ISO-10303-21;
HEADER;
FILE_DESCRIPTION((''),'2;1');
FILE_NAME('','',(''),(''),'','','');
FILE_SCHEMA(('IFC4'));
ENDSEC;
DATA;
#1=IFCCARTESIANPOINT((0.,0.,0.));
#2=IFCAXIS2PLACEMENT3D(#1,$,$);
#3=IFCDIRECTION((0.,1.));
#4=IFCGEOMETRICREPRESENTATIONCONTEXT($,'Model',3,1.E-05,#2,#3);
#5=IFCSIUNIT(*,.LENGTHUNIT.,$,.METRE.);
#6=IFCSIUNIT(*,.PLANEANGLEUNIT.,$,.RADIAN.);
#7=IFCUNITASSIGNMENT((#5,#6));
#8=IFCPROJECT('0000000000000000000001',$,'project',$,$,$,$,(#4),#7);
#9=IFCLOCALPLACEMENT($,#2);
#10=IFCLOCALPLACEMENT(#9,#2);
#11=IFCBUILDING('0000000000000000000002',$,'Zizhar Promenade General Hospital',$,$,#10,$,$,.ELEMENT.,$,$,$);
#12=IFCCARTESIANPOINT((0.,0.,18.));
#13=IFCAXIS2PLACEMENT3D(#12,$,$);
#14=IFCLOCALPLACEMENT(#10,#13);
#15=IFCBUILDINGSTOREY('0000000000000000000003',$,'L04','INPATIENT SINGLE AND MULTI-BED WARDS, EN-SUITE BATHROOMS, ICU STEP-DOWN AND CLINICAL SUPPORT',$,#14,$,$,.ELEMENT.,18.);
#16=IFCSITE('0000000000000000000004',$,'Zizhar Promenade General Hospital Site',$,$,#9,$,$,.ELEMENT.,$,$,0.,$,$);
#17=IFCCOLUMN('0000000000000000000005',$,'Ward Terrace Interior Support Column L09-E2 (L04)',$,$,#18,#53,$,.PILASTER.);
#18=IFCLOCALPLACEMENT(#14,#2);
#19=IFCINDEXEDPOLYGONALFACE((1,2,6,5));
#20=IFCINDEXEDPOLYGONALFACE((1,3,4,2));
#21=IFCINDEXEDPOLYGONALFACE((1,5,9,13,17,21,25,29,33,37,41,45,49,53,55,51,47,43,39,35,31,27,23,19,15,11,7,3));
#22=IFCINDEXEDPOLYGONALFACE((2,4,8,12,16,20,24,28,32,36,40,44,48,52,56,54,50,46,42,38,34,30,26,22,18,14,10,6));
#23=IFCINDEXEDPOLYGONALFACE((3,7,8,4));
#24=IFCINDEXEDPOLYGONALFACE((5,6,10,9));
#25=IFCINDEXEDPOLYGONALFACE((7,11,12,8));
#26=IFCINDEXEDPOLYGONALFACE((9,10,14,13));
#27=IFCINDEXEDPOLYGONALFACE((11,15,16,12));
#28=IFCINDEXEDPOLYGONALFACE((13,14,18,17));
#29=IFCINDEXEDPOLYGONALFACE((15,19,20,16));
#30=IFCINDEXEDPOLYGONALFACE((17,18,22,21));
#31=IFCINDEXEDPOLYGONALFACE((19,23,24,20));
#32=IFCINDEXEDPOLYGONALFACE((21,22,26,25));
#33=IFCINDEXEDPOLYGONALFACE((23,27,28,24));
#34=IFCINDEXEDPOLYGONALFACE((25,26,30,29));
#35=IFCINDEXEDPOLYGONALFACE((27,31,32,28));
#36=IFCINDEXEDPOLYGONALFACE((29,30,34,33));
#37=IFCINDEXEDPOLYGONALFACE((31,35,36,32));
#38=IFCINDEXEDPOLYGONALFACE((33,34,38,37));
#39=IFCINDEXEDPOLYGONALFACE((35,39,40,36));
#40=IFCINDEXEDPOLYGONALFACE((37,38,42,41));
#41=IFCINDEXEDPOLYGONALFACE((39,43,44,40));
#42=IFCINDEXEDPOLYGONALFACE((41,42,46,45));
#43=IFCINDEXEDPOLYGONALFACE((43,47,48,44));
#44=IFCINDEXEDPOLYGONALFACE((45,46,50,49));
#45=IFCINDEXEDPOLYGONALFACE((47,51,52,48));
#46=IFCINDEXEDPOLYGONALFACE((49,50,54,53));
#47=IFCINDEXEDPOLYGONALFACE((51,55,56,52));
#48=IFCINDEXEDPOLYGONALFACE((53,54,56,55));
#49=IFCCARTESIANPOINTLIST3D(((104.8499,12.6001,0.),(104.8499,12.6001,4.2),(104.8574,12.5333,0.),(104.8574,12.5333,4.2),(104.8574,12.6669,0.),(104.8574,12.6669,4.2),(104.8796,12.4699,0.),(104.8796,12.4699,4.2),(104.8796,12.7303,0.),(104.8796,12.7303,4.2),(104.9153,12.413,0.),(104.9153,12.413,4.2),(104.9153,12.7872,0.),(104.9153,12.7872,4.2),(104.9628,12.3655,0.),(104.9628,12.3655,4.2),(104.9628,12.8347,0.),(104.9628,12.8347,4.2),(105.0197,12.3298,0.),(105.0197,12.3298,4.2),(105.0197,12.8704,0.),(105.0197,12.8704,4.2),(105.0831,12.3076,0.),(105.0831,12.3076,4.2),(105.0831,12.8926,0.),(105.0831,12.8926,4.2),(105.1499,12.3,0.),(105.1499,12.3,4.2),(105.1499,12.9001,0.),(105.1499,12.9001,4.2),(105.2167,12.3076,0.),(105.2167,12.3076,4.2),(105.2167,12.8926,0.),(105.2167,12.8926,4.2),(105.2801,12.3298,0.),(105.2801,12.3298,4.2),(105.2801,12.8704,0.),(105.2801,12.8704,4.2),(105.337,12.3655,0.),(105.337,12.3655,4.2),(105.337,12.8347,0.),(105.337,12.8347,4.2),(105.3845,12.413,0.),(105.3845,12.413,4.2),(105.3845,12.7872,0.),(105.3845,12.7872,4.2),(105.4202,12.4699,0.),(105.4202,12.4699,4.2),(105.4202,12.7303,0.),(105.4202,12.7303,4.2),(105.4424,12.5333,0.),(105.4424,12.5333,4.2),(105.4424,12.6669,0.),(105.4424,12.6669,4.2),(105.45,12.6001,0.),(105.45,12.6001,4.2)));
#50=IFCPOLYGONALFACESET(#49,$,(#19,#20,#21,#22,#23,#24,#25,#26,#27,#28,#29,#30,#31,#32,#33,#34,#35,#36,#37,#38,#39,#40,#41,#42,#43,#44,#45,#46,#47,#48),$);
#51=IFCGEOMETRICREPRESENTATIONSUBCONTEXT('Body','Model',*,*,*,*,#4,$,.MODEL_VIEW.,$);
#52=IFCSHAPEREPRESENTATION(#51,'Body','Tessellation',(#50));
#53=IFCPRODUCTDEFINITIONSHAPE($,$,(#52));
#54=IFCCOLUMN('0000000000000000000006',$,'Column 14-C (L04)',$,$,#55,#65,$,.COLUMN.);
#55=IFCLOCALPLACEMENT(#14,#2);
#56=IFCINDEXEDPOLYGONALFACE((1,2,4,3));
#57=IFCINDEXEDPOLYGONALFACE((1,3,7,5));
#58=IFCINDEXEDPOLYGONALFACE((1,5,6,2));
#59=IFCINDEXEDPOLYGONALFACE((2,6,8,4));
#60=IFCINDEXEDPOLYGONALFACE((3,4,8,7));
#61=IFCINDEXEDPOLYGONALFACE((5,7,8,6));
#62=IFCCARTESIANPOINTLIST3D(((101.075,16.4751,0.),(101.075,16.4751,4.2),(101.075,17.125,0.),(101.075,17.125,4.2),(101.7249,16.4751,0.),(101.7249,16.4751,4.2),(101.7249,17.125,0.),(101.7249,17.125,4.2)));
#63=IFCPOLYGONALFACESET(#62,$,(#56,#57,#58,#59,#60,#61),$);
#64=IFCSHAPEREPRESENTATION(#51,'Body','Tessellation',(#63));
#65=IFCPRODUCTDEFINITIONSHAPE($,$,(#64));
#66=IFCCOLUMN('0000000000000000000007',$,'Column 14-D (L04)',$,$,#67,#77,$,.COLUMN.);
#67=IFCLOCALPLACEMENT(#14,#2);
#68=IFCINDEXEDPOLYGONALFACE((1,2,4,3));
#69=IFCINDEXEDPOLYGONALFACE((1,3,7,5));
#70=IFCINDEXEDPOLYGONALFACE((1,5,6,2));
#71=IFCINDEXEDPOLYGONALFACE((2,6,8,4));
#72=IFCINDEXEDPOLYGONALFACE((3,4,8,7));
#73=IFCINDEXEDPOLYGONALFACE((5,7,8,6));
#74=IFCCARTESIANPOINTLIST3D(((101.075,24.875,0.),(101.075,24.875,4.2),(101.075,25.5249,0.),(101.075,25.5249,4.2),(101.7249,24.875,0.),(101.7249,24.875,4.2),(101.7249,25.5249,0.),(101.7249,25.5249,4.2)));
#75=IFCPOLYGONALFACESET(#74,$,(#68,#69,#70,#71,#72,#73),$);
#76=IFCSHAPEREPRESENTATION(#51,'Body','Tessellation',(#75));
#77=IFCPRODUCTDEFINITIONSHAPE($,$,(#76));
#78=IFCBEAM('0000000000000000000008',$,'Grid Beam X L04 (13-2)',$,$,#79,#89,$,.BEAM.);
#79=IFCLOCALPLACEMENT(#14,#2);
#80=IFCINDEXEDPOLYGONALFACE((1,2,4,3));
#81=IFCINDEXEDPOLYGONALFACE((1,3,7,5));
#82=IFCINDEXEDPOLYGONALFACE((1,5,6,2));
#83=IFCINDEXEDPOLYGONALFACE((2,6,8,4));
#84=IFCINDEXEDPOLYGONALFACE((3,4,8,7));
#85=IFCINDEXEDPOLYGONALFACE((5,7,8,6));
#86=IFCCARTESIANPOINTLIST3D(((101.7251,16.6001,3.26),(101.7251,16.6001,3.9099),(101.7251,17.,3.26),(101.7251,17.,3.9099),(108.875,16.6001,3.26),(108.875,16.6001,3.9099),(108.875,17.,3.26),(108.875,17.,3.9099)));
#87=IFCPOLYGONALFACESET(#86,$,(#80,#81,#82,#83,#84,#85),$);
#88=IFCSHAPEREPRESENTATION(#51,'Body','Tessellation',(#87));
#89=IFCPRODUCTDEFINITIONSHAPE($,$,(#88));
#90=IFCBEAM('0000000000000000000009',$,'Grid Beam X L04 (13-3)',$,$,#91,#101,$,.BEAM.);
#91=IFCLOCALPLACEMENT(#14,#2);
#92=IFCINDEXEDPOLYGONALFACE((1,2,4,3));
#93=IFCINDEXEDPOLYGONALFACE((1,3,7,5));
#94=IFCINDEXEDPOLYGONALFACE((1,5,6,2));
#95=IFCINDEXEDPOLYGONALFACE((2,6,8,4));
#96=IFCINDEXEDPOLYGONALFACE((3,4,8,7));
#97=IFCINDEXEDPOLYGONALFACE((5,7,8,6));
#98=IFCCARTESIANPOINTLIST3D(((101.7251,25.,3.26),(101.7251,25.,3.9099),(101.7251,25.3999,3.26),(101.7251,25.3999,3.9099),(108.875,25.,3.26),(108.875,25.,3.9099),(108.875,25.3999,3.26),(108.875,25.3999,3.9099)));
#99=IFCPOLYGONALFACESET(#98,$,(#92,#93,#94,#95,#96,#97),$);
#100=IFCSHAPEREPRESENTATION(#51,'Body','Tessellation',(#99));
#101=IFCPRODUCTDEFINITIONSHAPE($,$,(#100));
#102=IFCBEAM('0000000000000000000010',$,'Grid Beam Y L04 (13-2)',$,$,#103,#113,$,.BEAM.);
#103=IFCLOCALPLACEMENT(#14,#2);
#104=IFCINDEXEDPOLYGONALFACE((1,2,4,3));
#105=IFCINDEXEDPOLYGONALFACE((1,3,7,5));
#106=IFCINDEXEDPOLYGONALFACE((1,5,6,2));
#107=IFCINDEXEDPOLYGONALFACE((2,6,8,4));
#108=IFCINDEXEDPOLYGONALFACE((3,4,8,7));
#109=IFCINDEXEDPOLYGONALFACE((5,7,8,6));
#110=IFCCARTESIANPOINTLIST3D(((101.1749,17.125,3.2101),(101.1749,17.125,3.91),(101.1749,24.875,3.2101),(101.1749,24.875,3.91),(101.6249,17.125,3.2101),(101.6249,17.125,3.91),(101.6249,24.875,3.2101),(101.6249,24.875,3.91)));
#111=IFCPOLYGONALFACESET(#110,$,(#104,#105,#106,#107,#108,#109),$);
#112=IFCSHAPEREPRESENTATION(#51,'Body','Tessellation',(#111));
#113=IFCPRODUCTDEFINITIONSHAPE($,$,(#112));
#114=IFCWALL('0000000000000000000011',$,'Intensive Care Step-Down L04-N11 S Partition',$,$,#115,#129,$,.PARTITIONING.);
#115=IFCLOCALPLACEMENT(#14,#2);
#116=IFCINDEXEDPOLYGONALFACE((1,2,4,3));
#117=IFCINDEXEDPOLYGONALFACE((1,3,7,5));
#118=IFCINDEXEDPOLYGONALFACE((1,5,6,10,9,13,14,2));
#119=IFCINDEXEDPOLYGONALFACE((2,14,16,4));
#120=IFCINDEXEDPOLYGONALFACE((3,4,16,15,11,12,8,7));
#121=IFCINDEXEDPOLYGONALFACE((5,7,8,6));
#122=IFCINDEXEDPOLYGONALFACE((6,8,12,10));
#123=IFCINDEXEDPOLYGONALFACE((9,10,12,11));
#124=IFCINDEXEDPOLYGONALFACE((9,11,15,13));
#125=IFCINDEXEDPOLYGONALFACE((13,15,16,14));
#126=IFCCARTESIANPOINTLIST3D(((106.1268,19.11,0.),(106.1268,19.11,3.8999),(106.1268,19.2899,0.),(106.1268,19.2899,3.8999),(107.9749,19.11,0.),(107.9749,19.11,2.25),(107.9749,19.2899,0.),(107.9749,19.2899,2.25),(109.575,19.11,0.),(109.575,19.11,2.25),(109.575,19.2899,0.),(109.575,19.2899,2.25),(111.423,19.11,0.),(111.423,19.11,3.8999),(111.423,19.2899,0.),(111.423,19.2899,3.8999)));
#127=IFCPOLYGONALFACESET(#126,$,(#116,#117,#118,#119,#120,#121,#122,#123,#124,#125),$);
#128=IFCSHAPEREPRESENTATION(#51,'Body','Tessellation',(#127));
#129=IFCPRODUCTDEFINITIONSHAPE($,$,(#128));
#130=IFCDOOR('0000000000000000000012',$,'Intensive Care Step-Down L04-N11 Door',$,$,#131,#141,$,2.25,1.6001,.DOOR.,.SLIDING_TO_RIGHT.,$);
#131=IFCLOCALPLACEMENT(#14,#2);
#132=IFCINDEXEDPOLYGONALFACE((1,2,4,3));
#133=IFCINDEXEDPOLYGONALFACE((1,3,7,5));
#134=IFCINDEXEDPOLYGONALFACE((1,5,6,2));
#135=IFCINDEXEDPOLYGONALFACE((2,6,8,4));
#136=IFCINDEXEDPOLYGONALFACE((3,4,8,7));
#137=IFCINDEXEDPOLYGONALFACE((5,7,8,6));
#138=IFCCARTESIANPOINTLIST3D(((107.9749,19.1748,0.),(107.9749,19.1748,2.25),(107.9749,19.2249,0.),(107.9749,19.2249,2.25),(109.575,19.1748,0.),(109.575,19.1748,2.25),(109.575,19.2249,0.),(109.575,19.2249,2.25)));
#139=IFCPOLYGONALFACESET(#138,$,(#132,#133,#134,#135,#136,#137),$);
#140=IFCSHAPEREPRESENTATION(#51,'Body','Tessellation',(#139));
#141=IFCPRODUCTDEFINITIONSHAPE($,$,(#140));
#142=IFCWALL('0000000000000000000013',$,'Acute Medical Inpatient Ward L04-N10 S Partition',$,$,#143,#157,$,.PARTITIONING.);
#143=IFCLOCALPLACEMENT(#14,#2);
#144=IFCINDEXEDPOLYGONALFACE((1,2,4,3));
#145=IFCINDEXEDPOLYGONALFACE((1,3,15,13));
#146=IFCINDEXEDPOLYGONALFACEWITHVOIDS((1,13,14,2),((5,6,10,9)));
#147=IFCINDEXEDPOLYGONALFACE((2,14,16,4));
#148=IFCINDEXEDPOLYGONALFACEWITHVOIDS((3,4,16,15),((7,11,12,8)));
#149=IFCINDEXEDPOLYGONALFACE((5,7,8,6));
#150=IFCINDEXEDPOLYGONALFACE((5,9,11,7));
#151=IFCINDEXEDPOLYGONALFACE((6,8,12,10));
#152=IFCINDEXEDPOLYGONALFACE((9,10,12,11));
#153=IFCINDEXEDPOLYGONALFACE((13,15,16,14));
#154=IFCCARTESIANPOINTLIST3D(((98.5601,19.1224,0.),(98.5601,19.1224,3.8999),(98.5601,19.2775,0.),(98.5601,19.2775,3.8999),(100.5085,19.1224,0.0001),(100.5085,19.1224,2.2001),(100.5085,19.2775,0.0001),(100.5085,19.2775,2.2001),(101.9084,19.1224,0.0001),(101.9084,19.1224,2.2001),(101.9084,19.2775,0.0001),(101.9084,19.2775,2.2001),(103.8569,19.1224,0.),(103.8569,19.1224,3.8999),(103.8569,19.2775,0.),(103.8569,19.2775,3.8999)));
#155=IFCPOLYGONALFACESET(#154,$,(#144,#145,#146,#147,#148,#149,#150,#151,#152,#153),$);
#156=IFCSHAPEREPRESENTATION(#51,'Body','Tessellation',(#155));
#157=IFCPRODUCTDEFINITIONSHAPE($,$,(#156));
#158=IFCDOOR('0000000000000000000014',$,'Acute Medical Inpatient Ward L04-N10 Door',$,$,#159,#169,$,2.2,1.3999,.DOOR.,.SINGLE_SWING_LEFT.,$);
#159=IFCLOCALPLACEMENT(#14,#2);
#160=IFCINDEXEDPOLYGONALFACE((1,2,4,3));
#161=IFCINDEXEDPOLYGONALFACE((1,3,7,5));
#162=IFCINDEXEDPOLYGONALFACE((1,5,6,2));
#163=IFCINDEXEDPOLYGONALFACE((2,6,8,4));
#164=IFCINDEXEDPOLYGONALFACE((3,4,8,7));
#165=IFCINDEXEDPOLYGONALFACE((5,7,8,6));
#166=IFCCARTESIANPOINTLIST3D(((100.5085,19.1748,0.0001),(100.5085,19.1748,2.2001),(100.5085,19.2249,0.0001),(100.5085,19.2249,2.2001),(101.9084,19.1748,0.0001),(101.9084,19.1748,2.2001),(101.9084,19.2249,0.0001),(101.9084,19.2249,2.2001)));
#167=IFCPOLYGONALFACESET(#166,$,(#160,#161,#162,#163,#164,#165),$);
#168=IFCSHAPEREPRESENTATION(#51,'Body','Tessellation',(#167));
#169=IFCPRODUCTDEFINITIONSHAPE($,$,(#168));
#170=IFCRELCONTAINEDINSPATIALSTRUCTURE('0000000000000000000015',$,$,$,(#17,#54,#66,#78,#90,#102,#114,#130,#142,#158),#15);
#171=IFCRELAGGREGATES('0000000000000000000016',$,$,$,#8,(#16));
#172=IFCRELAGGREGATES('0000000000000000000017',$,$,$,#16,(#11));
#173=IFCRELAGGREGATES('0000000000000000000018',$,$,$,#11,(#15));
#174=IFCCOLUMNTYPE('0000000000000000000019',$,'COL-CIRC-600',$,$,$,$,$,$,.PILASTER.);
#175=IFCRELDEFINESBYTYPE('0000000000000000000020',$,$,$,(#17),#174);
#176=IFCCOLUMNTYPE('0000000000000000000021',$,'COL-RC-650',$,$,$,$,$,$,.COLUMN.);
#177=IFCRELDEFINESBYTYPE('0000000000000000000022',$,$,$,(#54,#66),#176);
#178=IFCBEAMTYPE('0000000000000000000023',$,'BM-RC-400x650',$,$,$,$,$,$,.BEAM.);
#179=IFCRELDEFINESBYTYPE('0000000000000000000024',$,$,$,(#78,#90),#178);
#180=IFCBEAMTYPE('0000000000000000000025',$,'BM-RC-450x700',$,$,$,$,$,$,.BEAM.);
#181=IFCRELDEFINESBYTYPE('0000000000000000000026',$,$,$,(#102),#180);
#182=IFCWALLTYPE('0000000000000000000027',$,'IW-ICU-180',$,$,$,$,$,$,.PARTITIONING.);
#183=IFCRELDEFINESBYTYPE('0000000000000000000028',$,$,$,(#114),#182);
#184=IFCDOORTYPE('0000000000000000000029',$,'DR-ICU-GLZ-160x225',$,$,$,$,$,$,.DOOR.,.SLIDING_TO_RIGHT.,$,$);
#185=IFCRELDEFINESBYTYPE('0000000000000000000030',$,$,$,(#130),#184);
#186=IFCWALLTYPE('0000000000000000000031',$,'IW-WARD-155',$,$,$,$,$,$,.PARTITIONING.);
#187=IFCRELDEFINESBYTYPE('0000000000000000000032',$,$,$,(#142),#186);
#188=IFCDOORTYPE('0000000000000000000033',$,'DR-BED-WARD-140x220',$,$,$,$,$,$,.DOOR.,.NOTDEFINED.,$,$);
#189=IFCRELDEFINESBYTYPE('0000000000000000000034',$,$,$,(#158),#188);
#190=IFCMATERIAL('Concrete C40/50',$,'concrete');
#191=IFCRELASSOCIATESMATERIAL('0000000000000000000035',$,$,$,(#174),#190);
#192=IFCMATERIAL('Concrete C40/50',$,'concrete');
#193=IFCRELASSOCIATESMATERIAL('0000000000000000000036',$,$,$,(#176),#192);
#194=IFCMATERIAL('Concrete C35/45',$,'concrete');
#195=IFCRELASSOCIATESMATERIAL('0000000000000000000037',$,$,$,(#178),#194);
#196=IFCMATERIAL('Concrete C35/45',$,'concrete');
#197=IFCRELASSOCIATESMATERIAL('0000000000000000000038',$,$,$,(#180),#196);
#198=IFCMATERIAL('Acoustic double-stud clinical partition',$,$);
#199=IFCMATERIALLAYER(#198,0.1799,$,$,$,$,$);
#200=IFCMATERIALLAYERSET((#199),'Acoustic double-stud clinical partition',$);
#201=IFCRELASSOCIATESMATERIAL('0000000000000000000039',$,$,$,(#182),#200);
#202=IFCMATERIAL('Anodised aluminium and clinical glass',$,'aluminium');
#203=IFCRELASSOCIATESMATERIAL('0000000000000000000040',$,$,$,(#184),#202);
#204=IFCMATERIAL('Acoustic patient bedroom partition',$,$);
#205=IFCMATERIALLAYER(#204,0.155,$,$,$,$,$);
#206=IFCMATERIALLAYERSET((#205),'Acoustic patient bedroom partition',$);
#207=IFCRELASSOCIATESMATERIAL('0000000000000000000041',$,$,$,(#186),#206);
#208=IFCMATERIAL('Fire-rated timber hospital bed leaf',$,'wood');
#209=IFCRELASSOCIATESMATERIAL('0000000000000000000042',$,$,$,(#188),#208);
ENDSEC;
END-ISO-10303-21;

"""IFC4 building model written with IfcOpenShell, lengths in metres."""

from ifc_helpers import new_model, si_unit, direction, frame, frame_2d, origin, origin_2d, place, context, subcontext, project, spatial, rectangle, circle, extrude, material, layer, layer_set, material_profile, profile_set, type_object, element, fill, save


model = new_model("IFC4")

# Units and contexts
model_context = context("Model", 3, precision=1e-05, world=origin(), true_north=direction((0.0, 1.0)))
body_context = subcontext(model_context, "Body", "Model", "MODEL_VIEW")
ifc_project = project(units=[si_unit("LENGTHUNIT", "METRE"), si_unit("PLANEANGLEUNIT", "RADIAN")], contexts=[model_context])

# Site, building, storey
site_placement = place(None, origin())
site = spatial("IfcSite", under=ifc_project, at=site_placement, Name="Zizhar Promenade General Hospital Site", CompositionType="ELEMENT", RefElevation=0.0)
building_placement = place(site_placement, origin())
building = spatial("IfcBuilding", under=site, at=building_placement, Name="Zizhar Promenade General Hospital", CompositionType="ELEMENT")
storey_placement = place(building_placement, frame((0.0, 0.0, 18.0)))
storey = spatial("IfcBuildingStorey", under=building, at=storey_placement, Name="L04", Description="INPATIENT SINGLE AND MULTI-BED WARDS, EN-SUITE BATHROOMS, ICU STEP-DOWN AND CLINICAL SUPPORT", CompositionType="ELEMENT", Elevation=18.0)

# Columns
ifc_material_1 = material(Name="Concrete C40/50", Category="concrete")
ifc_material_profile_1 = material_profile(ifc_material_1, circle(Radius=0.3, at=origin_2d()))
ifc_profile_set_1 = profile_set([ifc_material_profile_1], Name="Concrete C40/50")
column_type_1 = type_object("IfcColumnType", Name="COL-CIRC-600", PredefinedType="PILASTER", material=ifc_profile_set_1)
column_placement = place(storey_placement, frame((105.1499, 12.6001, 0.0), z_axis=(0.0, 0.0, 1.0), x_axis=(1.0, 0.0, 0.0)))
element("IfcColumn", 1, at=column_placement, inside=storey, type_object=column_type_1, Name="Ward Terrace Interior Support Column L09-E2 (L04)", PredefinedType="PILASTER", context=body_context, shape_type="SweptSolid", body=[
    extrude(circle(Radius=0.3, at=origin_2d()), origin(), (0.0, 0.0, 1.0), 4.2),
])
ifc_material_2 = material(Name="Concrete C40/50", Category="concrete")
ifc_material_profile_2 = material_profile(ifc_material_2, rectangle(XDim=0.6499, YDim=0.6499, at=origin_2d()))
ifc_profile_set_2 = profile_set([ifc_material_profile_2], Name="Concrete C40/50")
column_type_2 = type_object("IfcColumnType", Name="COL-RC-650", PredefinedType="COLUMN", material=ifc_profile_set_2)
for number, where, z_axis, x_axis, name in (
    (2, (101.3999, 16.8, 0.0), (0.0, 0.0, 1.0), (1.0, 0.0, 0.0), "Column 14-C (L04)"),
    (3, (101.3999, 25.2, 0.0), (0.0, 0.0, 1.0), (1.0, 0.0, 0.0), "Column 14-D (L04)"),
):
    element("IfcColumn", number, at=place(storey_placement, frame(where, z_axis=z_axis, x_axis=x_axis)), inside=storey, type_object=column_type_2, Name=name, PredefinedType="COLUMN", context=body_context, shape_type="SweptSolid", body=[
        extrude(rectangle(XDim=0.6499, YDim=0.6499, at=origin_2d()), origin(), (0.0, 0.0, 1.0), 4.2),
    ])

# Beams
ifc_material_3 = material(Name="Concrete C35/45", Category="concrete")
ifc_material_profile_3 = material_profile(ifc_material_3, rectangle(XDim=0.3999, YDim=0.6499, at=origin_2d()))
ifc_profile_set_3 = profile_set([ifc_material_profile_3], Name="Concrete C35/45")
beam_type_1 = type_object("IfcBeamType", Name="BM-RC-400x650", PredefinedType="BEAM", material=ifc_profile_set_3)
for number, where, z_axis, x_axis, name in (
    (4, (101.7251, 16.8, 3.585), (1.0, 0.0, 0.0), (0.0, 1.0, 0.0), "Grid Beam X L04 (13-2)"),
    (5, (101.7251, 25.2, 3.585), (1.0, 0.0, 0.0), (0.0, 1.0, 0.0), "Grid Beam X L04 (13-3)"),
):
    element("IfcBeam", number, at=place(storey_placement, frame(where, z_axis=z_axis, x_axis=x_axis)), inside=storey, type_object=beam_type_1, Name=name, PredefinedType="BEAM", context=body_context, shape_type="SweptSolid", body=[
        extrude(rectangle(XDim=0.3999, YDim=0.6499, at=origin_2d()), origin(), (0.0, 0.0, 1.0), 7.1499),
    ])
ifc_material_4 = material(Name="Concrete C35/45", Category="concrete")
ifc_material_profile_4 = material_profile(ifc_material_4, rectangle(XDim=0.45, YDim=0.7, at=origin_2d()))
ifc_profile_set_4 = profile_set([ifc_material_profile_4], Name="Concrete C35/45")
beam_type_2 = type_object("IfcBeamType", Name="BM-RC-450x700", PredefinedType="BEAM", material=ifc_profile_set_4)
beam_placement = place(storey_placement, frame((101.3999, 17.125, 3.5601), z_axis=(0.0, 1.0, 0.0), x_axis=(-1.0, 0.0, 0.0)))
element("IfcBeam", 6, at=beam_placement, inside=storey, type_object=beam_type_2, Name="Grid Beam Y L04 (13-2)", PredefinedType="BEAM", context=body_context, shape_type="SweptSolid", body=[
    extrude(rectangle(XDim=0.45, YDim=0.7, at=origin_2d()), origin(), (0.0, 0.0, 1.0), 7.75),
])

# Walls, openings, doors
ifc_material_5 = material(Name="Acoustic double-stud clinical partition")
ifc_layer_1 = layer(ifc_material_5, 0.1799)
ifc_layer_set_1 = layer_set([ifc_layer_1], Name="Acoustic double-stud clinical partition")
wall_type_1 = type_object("IfcWallType", Name="IW-ICU-180", PredefinedType="PARTITIONING", material=ifc_layer_set_1)
wall_1_placement = place(storey_placement, frame((106.127, 19.2, 0.0), z_axis=(0.0, 0.0, 1.0), x_axis=(1.0, 0.0, 0.0)))
wall_1 = element("IfcWall", 7, at=wall_1_placement, inside=storey, type_object=wall_type_1, Name="Intensive Care Step-Down L04-N11 S Partition", PredefinedType="PARTITIONING", context=body_context, shape_type="SweptSolid", body=[
    extrude(rectangle(XDim=5.2961, YDim=0.1799, at=frame_2d((2.6479, 0.0))), origin(), (0.0, 0.0, 1.0), 3.8999),
])
opening_1_placement = place(wall_1_placement, frame((1.8479, 0.0, 0.0)))
opening_1 = element("IfcOpeningElement", 8, at=opening_1_placement, cuts=wall_1, PredefinedType="OPENING", context=body_context, shape_type="SweptSolid", body=[
    extrude(rectangle(XDim=1.6001, YDim=2.25, at=frame_2d((0.8, 1.125))), frame((0.0, 0.1001, 0.0), z_axis=(0.0, -1.0, 0.0), x_axis=(1.0, 0.0, 0.0)), (0.0, 0.0, 1.0), 0.2),
])
ifc_material_6 = material(Name="Anodised aluminium and clinical glass", Category="aluminium")
door_type_1 = type_object("IfcDoorType", Name="DR-ICU-GLZ-160x225", OperationType="SLIDING_TO_RIGHT", PredefinedType="DOOR", material=ifc_material_6)
door_1_placement = place(opening_1_placement, origin())
door_1 = element("IfcDoor", 9, at=door_1_placement, inside=storey, type_object=door_type_1, Name="Intensive Care Step-Down L04-N11 Door", OperationType="SLIDING_TO_RIGHT", OverallHeight=2.25, OverallWidth=1.6001, PredefinedType="DOOR", context=body_context, shape_type="SweptSolid", body=[
    extrude(rectangle(XDim=1.6001, YDim=2.25, at=frame_2d((0.8, 1.125))), frame((0.0, 0.0249, 0.0), z_axis=(0.0, -1.0, 0.0), x_axis=(1.0, 0.0, 0.0)), (0.0, 0.0, 1.0), 0.05),
])
fill(opening_1, door_1)
ifc_material_7 = material(Name="Acoustic patient bedroom partition")
ifc_layer_2 = layer(ifc_material_7, 0.155)
ifc_layer_set_2 = layer_set([ifc_layer_2], Name="Acoustic patient bedroom partition")
wall_type_2 = type_object("IfcWallType", Name="IW-WARD-155", PredefinedType="PARTITIONING", material=ifc_layer_set_2)
wall_2_placement = place(storey_placement, frame((98.5601, 19.2, 0.0), z_axis=(0.0, 0.0, 1.0), x_axis=(1.0, 0.0, 0.0)))
wall_2 = element("IfcWall", 10, at=wall_2_placement, inside=storey, type_object=wall_type_2, Name="Acute Medical Inpatient Ward L04-N10 S Partition", PredefinedType="PARTITIONING", context=body_context, shape_type="SweptSolid", body=[
    extrude(rectangle(XDim=5.2969, YDim=0.155, at=frame_2d((2.6484, 0.0))), origin(), (0.0, 0.0, 1.0), 3.8999),
])
opening_2_placement = place(wall_2_placement, frame((1.9485, 0.0, 0.0)))
opening_2 = element("IfcOpeningElement", 11, at=opening_2_placement, cuts=wall_2, PredefinedType="OPENING", context=body_context, shape_type="SweptSolid", body=[
    extrude(rectangle(XDim=1.3999, YDim=2.2, at=frame_2d((0.7, 1.1001))), frame((0.0, 0.0874, 0.0), z_axis=(0.0, -1.0, 0.0), x_axis=(1.0, 0.0, 0.0)), (0.0, 0.0, 1.0), 0.175),
])
ifc_material_8 = material(Name="Fire-rated timber hospital bed leaf", Category="wood")
door_type_2 = type_object("IfcDoorType", Name="DR-BED-WARD-140x220", OperationType="NOTDEFINED", PredefinedType="DOOR", material=ifc_material_8)
door_2_placement = place(opening_2_placement, origin())
door_2 = element("IfcDoor", 12, at=door_2_placement, inside=storey, type_object=door_type_2, Name="Acute Medical Inpatient Ward L04-N10 Door", OperationType="SINGLE_SWING_LEFT", OverallHeight=2.2, OverallWidth=1.3999, PredefinedType="DOOR", context=body_context, shape_type="SweptSolid", body=[
    extrude(rectangle(XDim=1.3999, YDim=2.2, at=frame_2d((0.7, 1.1001))), frame((0.0, 0.0249, 0.0), z_axis=(0.0, -1.0, 0.0), x_axis=(1.0, 0.0, 0.0)), (0.0, 0.0, 1.0), 0.05),
])
fill(opening_2, door_2)

save(model, "model.ifc")
